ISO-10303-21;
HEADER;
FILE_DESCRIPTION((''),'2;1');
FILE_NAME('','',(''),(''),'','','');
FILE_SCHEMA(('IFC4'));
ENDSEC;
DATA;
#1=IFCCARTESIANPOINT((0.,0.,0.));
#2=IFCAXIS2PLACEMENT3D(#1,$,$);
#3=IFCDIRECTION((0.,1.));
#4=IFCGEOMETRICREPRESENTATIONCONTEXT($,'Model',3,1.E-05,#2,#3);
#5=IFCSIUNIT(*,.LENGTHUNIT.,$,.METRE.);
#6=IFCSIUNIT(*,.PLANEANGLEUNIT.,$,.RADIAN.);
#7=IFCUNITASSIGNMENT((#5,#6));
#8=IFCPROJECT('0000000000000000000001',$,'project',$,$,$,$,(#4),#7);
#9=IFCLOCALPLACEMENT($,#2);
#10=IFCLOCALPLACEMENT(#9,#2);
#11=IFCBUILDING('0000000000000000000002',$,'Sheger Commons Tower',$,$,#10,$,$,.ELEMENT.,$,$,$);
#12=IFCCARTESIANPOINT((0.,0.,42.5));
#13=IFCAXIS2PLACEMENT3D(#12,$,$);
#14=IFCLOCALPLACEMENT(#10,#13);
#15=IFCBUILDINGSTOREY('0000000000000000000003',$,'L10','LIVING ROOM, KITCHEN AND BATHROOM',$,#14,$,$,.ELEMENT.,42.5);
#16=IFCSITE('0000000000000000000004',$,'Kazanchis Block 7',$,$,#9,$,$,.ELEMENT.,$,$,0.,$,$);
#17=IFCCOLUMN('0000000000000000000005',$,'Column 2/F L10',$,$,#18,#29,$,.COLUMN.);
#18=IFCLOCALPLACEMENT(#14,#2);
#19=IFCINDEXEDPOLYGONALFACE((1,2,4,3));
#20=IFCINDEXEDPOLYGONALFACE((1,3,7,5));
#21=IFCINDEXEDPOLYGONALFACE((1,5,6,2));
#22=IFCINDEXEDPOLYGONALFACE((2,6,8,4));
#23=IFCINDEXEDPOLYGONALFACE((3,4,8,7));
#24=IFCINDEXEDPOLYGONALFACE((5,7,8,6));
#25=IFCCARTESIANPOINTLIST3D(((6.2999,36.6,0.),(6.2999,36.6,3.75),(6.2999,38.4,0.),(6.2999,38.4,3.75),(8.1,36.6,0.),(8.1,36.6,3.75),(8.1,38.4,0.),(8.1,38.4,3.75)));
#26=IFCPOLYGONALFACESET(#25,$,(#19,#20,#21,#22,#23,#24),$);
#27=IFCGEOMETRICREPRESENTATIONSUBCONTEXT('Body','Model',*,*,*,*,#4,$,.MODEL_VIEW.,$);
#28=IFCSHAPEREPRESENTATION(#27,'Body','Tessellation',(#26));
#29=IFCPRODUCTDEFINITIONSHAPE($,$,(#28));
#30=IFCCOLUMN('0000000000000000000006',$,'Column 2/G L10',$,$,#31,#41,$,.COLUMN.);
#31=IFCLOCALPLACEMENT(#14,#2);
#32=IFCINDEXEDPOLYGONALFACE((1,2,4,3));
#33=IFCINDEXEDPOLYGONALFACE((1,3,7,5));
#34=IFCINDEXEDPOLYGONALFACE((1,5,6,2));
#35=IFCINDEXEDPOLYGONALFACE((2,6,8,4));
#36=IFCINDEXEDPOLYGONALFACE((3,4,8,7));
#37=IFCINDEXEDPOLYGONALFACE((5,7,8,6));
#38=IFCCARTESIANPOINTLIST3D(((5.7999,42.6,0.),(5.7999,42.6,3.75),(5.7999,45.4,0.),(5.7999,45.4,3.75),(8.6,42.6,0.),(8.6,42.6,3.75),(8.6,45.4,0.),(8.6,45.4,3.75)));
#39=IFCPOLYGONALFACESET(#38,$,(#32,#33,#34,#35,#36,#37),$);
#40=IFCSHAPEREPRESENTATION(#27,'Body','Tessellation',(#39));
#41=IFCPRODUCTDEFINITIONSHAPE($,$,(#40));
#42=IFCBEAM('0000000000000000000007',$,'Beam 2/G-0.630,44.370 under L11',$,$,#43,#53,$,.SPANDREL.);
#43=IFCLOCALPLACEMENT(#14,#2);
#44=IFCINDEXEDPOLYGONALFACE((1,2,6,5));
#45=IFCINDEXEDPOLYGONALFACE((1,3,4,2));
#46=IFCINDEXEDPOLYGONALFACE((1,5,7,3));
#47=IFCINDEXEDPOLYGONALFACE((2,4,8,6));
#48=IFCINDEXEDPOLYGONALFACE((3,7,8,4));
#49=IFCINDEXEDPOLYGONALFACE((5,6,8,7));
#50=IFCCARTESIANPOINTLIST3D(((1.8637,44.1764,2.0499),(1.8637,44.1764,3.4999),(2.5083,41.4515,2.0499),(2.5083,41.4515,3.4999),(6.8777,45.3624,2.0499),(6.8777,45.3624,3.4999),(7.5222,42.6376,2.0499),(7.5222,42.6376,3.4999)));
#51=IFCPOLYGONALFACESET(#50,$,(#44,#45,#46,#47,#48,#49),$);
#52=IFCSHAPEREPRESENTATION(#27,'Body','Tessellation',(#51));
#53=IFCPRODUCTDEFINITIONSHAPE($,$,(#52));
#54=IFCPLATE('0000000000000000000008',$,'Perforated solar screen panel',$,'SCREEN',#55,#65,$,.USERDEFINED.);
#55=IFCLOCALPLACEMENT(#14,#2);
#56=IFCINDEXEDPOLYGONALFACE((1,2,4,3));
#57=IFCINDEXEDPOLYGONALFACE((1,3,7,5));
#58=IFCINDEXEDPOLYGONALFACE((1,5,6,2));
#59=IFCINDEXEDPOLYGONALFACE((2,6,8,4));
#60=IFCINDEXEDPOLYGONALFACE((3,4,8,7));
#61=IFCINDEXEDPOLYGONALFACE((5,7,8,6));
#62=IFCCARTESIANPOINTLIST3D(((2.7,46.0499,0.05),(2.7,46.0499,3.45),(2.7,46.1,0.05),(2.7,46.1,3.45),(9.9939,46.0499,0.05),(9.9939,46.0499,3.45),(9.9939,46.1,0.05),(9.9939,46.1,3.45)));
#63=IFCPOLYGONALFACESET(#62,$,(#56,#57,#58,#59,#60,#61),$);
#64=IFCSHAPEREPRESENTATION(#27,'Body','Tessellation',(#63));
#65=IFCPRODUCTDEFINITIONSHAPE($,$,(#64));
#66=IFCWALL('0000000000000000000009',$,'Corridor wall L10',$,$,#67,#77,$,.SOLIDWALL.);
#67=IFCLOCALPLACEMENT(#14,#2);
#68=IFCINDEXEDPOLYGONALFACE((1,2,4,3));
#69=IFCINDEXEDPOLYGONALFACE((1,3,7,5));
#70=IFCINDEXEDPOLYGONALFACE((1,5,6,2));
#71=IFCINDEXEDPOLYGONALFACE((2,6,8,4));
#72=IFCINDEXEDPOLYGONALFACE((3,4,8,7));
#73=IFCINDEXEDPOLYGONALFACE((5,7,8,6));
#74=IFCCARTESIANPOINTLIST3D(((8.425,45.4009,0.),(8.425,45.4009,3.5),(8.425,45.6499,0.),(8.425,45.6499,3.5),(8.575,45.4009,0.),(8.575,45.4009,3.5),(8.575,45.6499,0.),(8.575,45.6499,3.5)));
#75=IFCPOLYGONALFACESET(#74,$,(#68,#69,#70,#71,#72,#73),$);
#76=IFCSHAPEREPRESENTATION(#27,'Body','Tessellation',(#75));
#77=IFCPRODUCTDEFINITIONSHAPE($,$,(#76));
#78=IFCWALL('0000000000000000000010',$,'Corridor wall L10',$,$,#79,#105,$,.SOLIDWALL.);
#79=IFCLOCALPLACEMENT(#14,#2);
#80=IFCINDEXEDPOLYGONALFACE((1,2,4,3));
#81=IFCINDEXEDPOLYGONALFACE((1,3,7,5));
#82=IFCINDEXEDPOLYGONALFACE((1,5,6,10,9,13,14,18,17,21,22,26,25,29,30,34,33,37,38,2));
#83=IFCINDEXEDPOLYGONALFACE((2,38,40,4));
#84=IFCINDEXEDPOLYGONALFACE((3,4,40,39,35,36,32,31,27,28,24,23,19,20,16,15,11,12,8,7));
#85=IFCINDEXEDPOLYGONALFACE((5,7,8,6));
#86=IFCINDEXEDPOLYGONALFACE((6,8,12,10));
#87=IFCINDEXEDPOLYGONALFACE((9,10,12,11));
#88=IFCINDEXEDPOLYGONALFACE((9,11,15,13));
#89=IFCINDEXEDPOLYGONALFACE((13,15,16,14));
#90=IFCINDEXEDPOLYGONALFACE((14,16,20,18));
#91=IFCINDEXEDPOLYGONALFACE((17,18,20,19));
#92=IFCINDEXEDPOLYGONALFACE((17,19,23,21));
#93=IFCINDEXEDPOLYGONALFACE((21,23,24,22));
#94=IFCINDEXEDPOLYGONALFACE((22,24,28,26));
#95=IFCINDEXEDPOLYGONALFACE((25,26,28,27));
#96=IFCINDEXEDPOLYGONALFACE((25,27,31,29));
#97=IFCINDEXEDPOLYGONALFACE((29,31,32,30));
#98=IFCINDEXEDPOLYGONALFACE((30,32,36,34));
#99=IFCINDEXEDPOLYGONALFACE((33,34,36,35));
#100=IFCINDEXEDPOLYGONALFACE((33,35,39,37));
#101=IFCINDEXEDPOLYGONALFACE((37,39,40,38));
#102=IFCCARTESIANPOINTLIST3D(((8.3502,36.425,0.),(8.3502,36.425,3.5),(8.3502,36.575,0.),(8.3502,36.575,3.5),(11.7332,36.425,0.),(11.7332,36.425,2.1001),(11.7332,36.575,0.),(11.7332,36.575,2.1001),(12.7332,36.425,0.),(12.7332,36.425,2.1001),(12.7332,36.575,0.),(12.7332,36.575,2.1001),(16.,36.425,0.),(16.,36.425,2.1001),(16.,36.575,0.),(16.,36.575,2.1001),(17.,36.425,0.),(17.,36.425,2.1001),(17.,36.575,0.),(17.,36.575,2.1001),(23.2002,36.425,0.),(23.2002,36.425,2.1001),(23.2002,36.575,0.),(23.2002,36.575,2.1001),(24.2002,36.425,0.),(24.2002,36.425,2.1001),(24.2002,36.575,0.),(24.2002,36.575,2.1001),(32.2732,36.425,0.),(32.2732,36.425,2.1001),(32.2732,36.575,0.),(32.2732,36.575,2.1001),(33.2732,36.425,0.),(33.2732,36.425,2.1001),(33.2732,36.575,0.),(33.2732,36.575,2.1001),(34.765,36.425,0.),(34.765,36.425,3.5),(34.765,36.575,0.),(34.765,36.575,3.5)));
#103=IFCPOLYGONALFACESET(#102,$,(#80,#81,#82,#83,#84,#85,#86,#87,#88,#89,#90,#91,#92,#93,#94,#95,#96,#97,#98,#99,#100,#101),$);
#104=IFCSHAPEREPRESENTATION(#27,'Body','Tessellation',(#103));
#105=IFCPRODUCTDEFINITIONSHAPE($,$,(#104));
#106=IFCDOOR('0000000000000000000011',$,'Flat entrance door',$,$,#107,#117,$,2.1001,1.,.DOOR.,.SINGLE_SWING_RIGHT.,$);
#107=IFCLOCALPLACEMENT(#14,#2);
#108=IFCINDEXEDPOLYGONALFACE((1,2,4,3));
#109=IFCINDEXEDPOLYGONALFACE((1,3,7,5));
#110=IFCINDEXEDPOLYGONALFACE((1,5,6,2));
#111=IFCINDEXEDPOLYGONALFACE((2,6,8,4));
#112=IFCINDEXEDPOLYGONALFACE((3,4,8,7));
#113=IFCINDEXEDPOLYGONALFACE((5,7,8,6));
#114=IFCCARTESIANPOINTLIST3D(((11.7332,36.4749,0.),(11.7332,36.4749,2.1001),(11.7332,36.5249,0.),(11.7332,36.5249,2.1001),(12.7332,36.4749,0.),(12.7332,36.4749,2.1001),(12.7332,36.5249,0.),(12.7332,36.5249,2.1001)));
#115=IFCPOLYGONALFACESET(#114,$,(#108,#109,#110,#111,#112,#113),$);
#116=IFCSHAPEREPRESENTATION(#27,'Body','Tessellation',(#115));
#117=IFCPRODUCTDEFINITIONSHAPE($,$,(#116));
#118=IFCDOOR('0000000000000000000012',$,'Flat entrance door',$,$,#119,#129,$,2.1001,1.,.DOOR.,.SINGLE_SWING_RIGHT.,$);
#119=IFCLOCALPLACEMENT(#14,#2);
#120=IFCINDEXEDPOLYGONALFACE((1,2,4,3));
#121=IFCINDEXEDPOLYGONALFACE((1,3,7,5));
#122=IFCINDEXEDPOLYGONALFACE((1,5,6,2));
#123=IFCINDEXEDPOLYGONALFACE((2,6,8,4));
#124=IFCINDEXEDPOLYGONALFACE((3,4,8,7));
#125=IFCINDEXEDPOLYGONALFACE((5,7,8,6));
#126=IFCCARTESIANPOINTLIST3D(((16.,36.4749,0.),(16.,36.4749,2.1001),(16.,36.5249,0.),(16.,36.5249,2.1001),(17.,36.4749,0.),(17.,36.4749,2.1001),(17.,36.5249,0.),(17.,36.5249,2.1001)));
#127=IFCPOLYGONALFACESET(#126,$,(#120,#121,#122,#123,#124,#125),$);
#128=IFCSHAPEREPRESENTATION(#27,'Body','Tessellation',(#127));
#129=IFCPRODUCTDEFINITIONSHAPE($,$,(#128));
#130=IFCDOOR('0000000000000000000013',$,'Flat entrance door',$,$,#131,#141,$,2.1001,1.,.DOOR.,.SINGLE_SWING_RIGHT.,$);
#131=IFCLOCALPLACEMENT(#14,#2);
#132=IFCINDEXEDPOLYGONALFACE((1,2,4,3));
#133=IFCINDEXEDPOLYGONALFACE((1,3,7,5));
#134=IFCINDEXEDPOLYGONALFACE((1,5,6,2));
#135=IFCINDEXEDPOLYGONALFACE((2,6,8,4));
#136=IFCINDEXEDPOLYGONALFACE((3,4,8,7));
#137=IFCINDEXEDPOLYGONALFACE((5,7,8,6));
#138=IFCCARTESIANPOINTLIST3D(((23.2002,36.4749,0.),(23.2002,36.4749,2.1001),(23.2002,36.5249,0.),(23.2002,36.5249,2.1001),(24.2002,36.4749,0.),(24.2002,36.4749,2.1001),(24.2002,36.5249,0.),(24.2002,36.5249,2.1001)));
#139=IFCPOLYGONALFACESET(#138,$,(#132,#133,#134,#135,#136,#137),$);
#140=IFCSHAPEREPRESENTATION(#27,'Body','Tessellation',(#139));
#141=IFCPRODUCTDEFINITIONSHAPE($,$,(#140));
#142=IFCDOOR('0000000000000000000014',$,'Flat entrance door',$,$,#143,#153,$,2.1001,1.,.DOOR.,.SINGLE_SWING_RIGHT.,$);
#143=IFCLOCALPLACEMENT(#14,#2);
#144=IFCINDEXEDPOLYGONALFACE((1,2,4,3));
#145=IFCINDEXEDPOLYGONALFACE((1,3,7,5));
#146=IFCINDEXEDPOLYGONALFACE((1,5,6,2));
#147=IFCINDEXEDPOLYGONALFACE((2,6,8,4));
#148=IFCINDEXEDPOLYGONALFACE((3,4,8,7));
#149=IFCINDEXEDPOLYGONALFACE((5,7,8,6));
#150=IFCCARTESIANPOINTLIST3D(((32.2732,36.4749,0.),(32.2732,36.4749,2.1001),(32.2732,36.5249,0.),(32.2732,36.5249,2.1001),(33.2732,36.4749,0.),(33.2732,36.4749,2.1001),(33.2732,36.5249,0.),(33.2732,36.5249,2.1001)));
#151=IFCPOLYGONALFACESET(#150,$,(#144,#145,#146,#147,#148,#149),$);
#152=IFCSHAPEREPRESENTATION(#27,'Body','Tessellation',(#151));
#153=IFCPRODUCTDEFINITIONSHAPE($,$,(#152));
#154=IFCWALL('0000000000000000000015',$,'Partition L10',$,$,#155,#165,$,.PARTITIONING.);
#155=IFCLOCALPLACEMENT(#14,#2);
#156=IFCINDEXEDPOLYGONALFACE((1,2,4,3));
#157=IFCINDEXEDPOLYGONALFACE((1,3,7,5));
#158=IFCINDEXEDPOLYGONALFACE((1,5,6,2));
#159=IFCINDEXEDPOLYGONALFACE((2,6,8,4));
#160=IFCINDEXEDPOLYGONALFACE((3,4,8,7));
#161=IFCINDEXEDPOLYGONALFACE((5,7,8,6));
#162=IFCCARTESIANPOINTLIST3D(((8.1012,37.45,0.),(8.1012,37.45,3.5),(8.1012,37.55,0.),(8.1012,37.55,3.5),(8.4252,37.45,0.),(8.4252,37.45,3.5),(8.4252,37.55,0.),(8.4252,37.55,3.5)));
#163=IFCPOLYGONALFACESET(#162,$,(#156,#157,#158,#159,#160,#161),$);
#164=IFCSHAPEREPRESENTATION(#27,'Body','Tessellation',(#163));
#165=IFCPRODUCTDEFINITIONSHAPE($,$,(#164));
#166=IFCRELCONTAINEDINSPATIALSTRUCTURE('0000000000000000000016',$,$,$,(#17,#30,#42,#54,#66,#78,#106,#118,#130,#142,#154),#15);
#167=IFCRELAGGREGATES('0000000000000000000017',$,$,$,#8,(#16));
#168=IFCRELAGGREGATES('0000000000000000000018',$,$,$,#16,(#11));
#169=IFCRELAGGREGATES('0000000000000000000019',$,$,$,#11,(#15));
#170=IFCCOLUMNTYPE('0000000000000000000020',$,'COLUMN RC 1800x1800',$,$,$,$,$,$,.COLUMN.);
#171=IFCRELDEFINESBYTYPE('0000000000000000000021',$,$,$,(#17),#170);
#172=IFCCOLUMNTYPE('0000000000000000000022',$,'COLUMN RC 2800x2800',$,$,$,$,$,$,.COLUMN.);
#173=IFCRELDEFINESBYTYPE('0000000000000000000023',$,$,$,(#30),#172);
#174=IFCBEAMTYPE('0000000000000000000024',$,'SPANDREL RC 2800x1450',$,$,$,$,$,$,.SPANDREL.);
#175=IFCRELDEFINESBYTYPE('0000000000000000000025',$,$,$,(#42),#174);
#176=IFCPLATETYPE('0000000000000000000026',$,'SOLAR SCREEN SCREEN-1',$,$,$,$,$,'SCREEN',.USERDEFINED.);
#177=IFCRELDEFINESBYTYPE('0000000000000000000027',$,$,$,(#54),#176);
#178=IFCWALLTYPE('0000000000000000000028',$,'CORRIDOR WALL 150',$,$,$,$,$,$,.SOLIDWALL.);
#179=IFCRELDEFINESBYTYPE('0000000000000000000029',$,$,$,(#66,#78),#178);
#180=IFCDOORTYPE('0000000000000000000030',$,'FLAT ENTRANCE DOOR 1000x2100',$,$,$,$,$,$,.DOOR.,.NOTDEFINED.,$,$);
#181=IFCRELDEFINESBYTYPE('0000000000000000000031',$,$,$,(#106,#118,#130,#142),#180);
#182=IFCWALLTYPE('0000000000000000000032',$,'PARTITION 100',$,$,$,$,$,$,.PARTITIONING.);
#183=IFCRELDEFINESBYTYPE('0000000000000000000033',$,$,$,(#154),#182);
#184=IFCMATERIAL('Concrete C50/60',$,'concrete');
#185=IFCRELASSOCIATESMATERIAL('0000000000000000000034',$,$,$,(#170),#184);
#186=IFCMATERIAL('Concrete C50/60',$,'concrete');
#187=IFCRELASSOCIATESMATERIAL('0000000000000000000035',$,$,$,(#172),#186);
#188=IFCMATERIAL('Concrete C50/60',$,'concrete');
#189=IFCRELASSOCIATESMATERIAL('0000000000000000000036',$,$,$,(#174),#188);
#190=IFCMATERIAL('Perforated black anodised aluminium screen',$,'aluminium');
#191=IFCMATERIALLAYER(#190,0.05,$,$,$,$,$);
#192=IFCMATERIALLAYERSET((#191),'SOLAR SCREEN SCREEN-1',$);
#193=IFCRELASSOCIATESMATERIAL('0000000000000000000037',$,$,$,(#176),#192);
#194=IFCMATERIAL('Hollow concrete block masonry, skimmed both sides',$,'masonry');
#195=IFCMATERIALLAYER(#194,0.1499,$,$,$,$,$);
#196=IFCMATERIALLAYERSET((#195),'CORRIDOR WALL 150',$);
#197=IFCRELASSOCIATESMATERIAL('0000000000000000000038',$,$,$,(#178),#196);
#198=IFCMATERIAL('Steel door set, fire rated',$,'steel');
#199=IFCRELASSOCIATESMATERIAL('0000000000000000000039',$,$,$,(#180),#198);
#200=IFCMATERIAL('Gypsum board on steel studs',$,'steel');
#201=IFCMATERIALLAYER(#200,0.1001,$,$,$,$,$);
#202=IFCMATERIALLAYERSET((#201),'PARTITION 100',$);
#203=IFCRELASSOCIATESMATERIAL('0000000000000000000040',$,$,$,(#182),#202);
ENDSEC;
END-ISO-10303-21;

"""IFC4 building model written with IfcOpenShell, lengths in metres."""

from ifc_helpers import new_model, si_unit, direction, frame, frame_2d, origin, origin_2d, place, context, subcontext, project, spatial, rectangle, extrude, material, layer, layer_set, material_profile, profile_set, type_object, element, fill, save


model = new_model("IFC4")

# Units and contexts
model_context = context("Model", 3, precision=1e-05, world=origin(), true_north=direction((0.0, 1.0)))
body_context = subcontext(model_context, "Body", "Model", "MODEL_VIEW")
ifc_project = project(units=[si_unit("LENGTHUNIT", "METRE"), si_unit("PLANEANGLEUNIT", "RADIAN")], contexts=[model_context])

# Site, building, storey
site_placement = place(None, origin())
site = spatial("IfcSite", under=ifc_project, at=site_placement, Name="Kazanchis Block 7", CompositionType="ELEMENT", RefElevation=0.0)
building_placement = place(site_placement, origin())
building = spatial("IfcBuilding", under=site, at=building_placement, Name="Sheger Commons Tower", CompositionType="ELEMENT")
storey_placement = place(building_placement, frame((0.0, 0.0, 42.5)))
storey = spatial("IfcBuildingStorey", under=building, at=storey_placement, Name="L10", Description="LIVING ROOM, KITCHEN AND BATHROOM", CompositionType="ELEMENT", Elevation=42.5)

# Columns
ifc_material_1 = material(Name="Concrete C50/60", Category="concrete")
ifc_material_profile_1 = material_profile(ifc_material_1, rectangle(XDim=1.8, YDim=1.8, at=origin_2d()), Name="RC 1800x1800")
ifc_profile_set_1 = profile_set([ifc_material_profile_1], Name="Concrete C50/60")
column_type_1 = type_object("IfcColumnType", Name="COLUMN RC 1800x1800", PredefinedType="COLUMN", material=ifc_profile_set_1)
column_1_placement = place(storey_placement, frame((7.2, 37.5, 0.0), z_axis=(0.0, 0.0, 1.0), x_axis=(1.0, 0.0, 0.0)))
element("IfcColumn", 1, at=column_1_placement, inside=storey, type_object=column_type_1, Name="Column 2/F L10", PredefinedType="COLUMN", context=body_context, shape_type="SweptSolid", body=[
    extrude(rectangle(XDim=1.8, YDim=1.8, at=origin_2d()), origin(), (0.0, 0.0, 1.0), 3.75),
])
ifc_material_2 = material(Name="Concrete C50/60", Category="concrete")
ifc_material_profile_2 = material_profile(ifc_material_2, rectangle(XDim=2.8, YDim=2.8, at=origin_2d()), Name="RC 2800x2800")
ifc_profile_set_2 = profile_set([ifc_material_profile_2], Name="Concrete C50/60")
column_type_2 = type_object("IfcColumnType", Name="COLUMN RC 2800x2800", PredefinedType="COLUMN", material=ifc_profile_set_2)
column_2_placement = place(storey_placement, frame((7.2, 44.0, 0.0), z_axis=(0.0, 0.0, 1.0), x_axis=(1.0, 0.0, 0.0)))
element("IfcColumn", 2, at=column_2_placement, inside=storey, type_object=column_type_2, Name="Column 2/G L10", PredefinedType="COLUMN", context=body_context, shape_type="SweptSolid", body=[
    extrude(rectangle(XDim=2.8, YDim=2.8, at=origin_2d()), origin(), (0.0, 0.0, 1.0), 3.75),
])

# Beam
ifc_material_3 = material(Name="Concrete C50/60", Category="concrete")
ifc_material_profile_3 = material_profile(ifc_material_3, rectangle(XDim=2.8, YDim=1.45, at=origin_2d()), Name="RC 2800x1450")
ifc_profile_set_3 = profile_set([ifc_material_profile_3], Name="Concrete C50/60")
beam_type = type_object("IfcBeamType", Name="SPANDREL RC 2800x1450", PredefinedType="SPANDREL", material=ifc_profile_set_3)
beam_placement = place(storey_placement, frame((7.2, 44.0, 2.7749), z_axis=(-0.973144, -0.230196, 0.0), x_axis=(0.230196, -0.973144, 0.0)))
element("IfcBeam", 3, at=beam_placement, inside=storey, type_object=beam_type, Name="Beam 2/G-0.630,44.370 under L11", PredefinedType="SPANDREL", context=body_context, shape_type="SweptSolid", body=[
    extrude(rectangle(XDim=2.8, YDim=1.45, at=origin_2d()), origin(), (0.0, 0.0, 1.0), 5.1523),
])

# Plate
ifc_material_4 = material(Name="Perforated black anodised aluminium screen", Category="aluminium")
ifc_layer_1 = layer(ifc_material_4, 0.05)
ifc_layer_set_1 = layer_set([ifc_layer_1], Name="SOLAR SCREEN SCREEN-1")
plate_type = type_object("IfcPlateType", Name="SOLAR SCREEN SCREEN-1", ElementType="SCREEN", PredefinedType="USERDEFINED", material=ifc_layer_set_1)
plate_placement = place(storey_placement, frame((6.3469, 46.075, 0.05), z_axis=(0.0, 0.0, 1.0), x_axis=(-1.0, 0.0, 0.0)))
element("IfcPlate", 4, at=plate_placement, inside=storey, type_object=plate_type, Name="Perforated solar screen panel", ObjectType="SCREEN", PredefinedType="USERDEFINED", context=body_context, shape_type="SweptSolid", body=[
    extrude(rectangle(XDim=7.2939, YDim=0.05, at=origin_2d()), origin(), (0.0, 0.0, 1.0), 3.3999),
])

# Wall
ifc_material_5 = material(Name="Hollow concrete block masonry, skimmed both sides", Category="masonry")
ifc_layer_2 = layer(ifc_material_5, 0.1499)
ifc_layer_set_2 = layer_set([ifc_layer_2], Name="CORRIDOR WALL 150")
wall_type_1 = type_object("IfcWallType", Name="CORRIDOR WALL 150", PredefinedType="SOLIDWALL", material=ifc_layer_set_2)
wall_1_placement = place(storey_placement, frame((8.5, 45.4009, 0.0), z_axis=(0.0, 0.0, 1.0), x_axis=(0.0, 1.0, 0.0)))
element("IfcWall", 5, at=wall_1_placement, inside=storey, type_object=wall_type_1, Name="Corridor wall L10", PredefinedType="SOLIDWALL", context=body_context, shape_type="SweptSolid", body=[
    extrude(rectangle(XDim=0.249, YDim=0.1499, at=frame_2d((0.1245, 0.0))), origin(), (0.0, 0.0, 1.0), 3.5),
])

# Wall, openings, doors
wall_2_placement = place(storey_placement, frame((8.3501, 36.5, 0.0), z_axis=(0.0, 0.0, 1.0), x_axis=(1.0, 0.0, 0.0)))
wall_2 = element("IfcWall", 6, at=wall_2_placement, inside=storey, type_object=wall_type_1, Name="Corridor wall L10", PredefinedType="SOLIDWALL", context=body_context, shape_type="SweptSolid", body=[
    extrude(rectangle(XDim=26.4148, YDim=0.1499, at=frame_2d((13.2075, 0.0))), origin(), (0.0, 0.0, 1.0), 3.5),
])
opening_1_placement = place(wall_2_placement, frame((3.3831, 0.0, 0.0)))
opening_1 = element("IfcOpeningElement", 7, at=opening_1_placement, cuts=wall_2, PredefinedType="OPENING", context=body_context, shape_type="SweptSolid", body=[
    extrude(rectangle(XDim=1.0, YDim=2.1001, at=frame_2d((0.5, 1.05))), frame((0.0, 0.085, 0.0), z_axis=(0.0, -1.0, 0.0), x_axis=(1.0, 0.0, 0.0)), (0.0, 0.0, 1.0), 0.1699),
])
opening_2_placement = place(wall_2_placement, frame((7.6499, 0.0, 0.0)))
opening_2 = element("IfcOpeningElement", 8, at=opening_2_placement, cuts=wall_2, PredefinedType="OPENING", context=body_context, shape_type="SweptSolid", body=[
    extrude(rectangle(XDim=1.0, YDim=2.1001, at=frame_2d((0.5, 1.05))), frame((0.0, 0.085, 0.0), z_axis=(0.0, -1.0, 0.0), x_axis=(1.0, 0.0, 0.0)), (0.0, 0.0, 1.0), 0.1699),
])
opening_3_placement = place(wall_2_placement, frame((14.8501, 0.0, 0.0)))
opening_3 = element("IfcOpeningElement", 9, at=opening_3_placement, cuts=wall_2, PredefinedType="OPENING", context=body_context, shape_type="SweptSolid", body=[
    extrude(rectangle(XDim=1.0, YDim=2.1001, at=frame_2d((0.5, 1.05))), frame((0.0, 0.085, 0.0), z_axis=(0.0, -1.0, 0.0), x_axis=(1.0, 0.0, 0.0)), (0.0, 0.0, 1.0), 0.1699),
])
opening_4_placement = place(wall_2_placement, frame((23.9231, 0.0, 0.0)))
opening_4 = element("IfcOpeningElement", 10, at=opening_4_placement, cuts=wall_2, PredefinedType="OPENING", context=body_context, shape_type="SweptSolid", body=[
    extrude(rectangle(XDim=1.0, YDim=2.1001, at=frame_2d((0.5, 1.05))), frame((0.0, 0.085, 0.0), z_axis=(0.0, -1.0, 0.0), x_axis=(1.0, 0.0, 0.0)), (0.0, 0.0, 1.0), 0.1699),
])
ifc_material_6 = material(Name="Steel door set, fire rated", Category="steel")
door_type_1 = type_object("IfcDoorType", Name="FLAT ENTRANCE DOOR 1000x2100", OperationType="NOTDEFINED", PredefinedType="DOOR", material=ifc_material_6)
door_1_placement = place(opening_1_placement, origin())
door_1 = element("IfcDoor", 11, at=door_1_placement, inside=storey, type_object=door_type_1, Name="Flat entrance door", OperationType="SINGLE_SWING_RIGHT", OverallHeight=2.1001, OverallWidth=1.0, PredefinedType="DOOR", context=body_context, shape_type="SweptSolid", body=[
    extrude(rectangle(XDim=1.0, YDim=2.1001, at=frame_2d((0.5, 1.05))), frame((0.0, 0.0249, 0.0), z_axis=(0.0, -1.0, 0.0), x_axis=(1.0, 0.0, 0.0)), (0.0, 0.0, 1.0), 0.05),
])
fill(opening_1, door_1)
door_2_placement = place(opening_2_placement, origin())
door_2 = element("IfcDoor", 12, at=door_2_placement, inside=storey, type_object=door_type_1, Name="Flat entrance door", OperationType="SINGLE_SWING_RIGHT", OverallHeight=2.1001, OverallWidth=1.0, PredefinedType="DOOR", context=body_context, shape_type="SweptSolid", body=[
    extrude(rectangle(XDim=1.0, YDim=2.1001, at=frame_2d((0.5, 1.05))), frame((0.0, 0.0249, 0.0), z_axis=(0.0, -1.0, 0.0), x_axis=(1.0, 0.0, 0.0)), (0.0, 0.0, 1.0), 0.05),
])
fill(opening_2, door_2)
door_3_placement = place(opening_3_placement, origin())
door_3 = element("IfcDoor", 13, at=door_3_placement, inside=storey, type_object=door_type_1, Name="Flat entrance door", OperationType="SINGLE_SWING_RIGHT", OverallHeight=2.1001, OverallWidth=1.0, PredefinedType="DOOR", context=body_context, shape_type="SweptSolid", body=[
    extrude(rectangle(XDim=1.0, YDim=2.1001, at=frame_2d((0.5, 1.05))), frame((0.0, 0.0249, 0.0), z_axis=(0.0, -1.0, 0.0), x_axis=(1.0, 0.0, 0.0)), (0.0, 0.0, 1.0), 0.05),
])
fill(opening_3, door_3)
door_4_placement = place(opening_4_placement, origin())
door_4 = element("IfcDoor", 14, at=door_4_placement, inside=storey, type_object=door_type_1, Name="Flat entrance door", OperationType="SINGLE_SWING_RIGHT", OverallHeight=2.1001, OverallWidth=1.0, PredefinedType="DOOR", context=body_context, shape_type="SweptSolid", body=[
    extrude(rectangle(XDim=1.0, YDim=2.1001, at=frame_2d((0.5, 1.05))), frame((0.0, 0.0249, 0.0), z_axis=(0.0, -1.0, 0.0), x_axis=(1.0, 0.0, 0.0)), (0.0, 0.0, 1.0), 0.05),
])
fill(opening_4, door_4)

# Wall
ifc_material_7 = material(Name="Gypsum board on steel studs", Category="steel")
ifc_layer_3 = layer(ifc_material_7, 0.1001)
ifc_layer_set_3 = layer_set([ifc_layer_3], Name="PARTITION 100")
wall_type_2 = type_object("IfcWallType", Name="PARTITION 100", PredefinedType="PARTITIONING", material=ifc_layer_set_3)
wall_3_placement = place(storey_placement, frame((8.1011, 37.5, 0.0), z_axis=(0.0, 0.0, 1.0), x_axis=(1.0, 0.0, 0.0)))
element("IfcWall", 15, at=wall_3_placement, inside=storey, type_object=wall_type_2, Name="Partition L10", PredefinedType="PARTITIONING", context=body_context, shape_type="SweptSolid", body=[
    extrude(rectangle(XDim=0.324, YDim=0.1001, at=frame_2d((0.1621, 0.0))), origin(), (0.0, 0.0, 1.0), 3.5),
])

save(model, "model.ifc")
